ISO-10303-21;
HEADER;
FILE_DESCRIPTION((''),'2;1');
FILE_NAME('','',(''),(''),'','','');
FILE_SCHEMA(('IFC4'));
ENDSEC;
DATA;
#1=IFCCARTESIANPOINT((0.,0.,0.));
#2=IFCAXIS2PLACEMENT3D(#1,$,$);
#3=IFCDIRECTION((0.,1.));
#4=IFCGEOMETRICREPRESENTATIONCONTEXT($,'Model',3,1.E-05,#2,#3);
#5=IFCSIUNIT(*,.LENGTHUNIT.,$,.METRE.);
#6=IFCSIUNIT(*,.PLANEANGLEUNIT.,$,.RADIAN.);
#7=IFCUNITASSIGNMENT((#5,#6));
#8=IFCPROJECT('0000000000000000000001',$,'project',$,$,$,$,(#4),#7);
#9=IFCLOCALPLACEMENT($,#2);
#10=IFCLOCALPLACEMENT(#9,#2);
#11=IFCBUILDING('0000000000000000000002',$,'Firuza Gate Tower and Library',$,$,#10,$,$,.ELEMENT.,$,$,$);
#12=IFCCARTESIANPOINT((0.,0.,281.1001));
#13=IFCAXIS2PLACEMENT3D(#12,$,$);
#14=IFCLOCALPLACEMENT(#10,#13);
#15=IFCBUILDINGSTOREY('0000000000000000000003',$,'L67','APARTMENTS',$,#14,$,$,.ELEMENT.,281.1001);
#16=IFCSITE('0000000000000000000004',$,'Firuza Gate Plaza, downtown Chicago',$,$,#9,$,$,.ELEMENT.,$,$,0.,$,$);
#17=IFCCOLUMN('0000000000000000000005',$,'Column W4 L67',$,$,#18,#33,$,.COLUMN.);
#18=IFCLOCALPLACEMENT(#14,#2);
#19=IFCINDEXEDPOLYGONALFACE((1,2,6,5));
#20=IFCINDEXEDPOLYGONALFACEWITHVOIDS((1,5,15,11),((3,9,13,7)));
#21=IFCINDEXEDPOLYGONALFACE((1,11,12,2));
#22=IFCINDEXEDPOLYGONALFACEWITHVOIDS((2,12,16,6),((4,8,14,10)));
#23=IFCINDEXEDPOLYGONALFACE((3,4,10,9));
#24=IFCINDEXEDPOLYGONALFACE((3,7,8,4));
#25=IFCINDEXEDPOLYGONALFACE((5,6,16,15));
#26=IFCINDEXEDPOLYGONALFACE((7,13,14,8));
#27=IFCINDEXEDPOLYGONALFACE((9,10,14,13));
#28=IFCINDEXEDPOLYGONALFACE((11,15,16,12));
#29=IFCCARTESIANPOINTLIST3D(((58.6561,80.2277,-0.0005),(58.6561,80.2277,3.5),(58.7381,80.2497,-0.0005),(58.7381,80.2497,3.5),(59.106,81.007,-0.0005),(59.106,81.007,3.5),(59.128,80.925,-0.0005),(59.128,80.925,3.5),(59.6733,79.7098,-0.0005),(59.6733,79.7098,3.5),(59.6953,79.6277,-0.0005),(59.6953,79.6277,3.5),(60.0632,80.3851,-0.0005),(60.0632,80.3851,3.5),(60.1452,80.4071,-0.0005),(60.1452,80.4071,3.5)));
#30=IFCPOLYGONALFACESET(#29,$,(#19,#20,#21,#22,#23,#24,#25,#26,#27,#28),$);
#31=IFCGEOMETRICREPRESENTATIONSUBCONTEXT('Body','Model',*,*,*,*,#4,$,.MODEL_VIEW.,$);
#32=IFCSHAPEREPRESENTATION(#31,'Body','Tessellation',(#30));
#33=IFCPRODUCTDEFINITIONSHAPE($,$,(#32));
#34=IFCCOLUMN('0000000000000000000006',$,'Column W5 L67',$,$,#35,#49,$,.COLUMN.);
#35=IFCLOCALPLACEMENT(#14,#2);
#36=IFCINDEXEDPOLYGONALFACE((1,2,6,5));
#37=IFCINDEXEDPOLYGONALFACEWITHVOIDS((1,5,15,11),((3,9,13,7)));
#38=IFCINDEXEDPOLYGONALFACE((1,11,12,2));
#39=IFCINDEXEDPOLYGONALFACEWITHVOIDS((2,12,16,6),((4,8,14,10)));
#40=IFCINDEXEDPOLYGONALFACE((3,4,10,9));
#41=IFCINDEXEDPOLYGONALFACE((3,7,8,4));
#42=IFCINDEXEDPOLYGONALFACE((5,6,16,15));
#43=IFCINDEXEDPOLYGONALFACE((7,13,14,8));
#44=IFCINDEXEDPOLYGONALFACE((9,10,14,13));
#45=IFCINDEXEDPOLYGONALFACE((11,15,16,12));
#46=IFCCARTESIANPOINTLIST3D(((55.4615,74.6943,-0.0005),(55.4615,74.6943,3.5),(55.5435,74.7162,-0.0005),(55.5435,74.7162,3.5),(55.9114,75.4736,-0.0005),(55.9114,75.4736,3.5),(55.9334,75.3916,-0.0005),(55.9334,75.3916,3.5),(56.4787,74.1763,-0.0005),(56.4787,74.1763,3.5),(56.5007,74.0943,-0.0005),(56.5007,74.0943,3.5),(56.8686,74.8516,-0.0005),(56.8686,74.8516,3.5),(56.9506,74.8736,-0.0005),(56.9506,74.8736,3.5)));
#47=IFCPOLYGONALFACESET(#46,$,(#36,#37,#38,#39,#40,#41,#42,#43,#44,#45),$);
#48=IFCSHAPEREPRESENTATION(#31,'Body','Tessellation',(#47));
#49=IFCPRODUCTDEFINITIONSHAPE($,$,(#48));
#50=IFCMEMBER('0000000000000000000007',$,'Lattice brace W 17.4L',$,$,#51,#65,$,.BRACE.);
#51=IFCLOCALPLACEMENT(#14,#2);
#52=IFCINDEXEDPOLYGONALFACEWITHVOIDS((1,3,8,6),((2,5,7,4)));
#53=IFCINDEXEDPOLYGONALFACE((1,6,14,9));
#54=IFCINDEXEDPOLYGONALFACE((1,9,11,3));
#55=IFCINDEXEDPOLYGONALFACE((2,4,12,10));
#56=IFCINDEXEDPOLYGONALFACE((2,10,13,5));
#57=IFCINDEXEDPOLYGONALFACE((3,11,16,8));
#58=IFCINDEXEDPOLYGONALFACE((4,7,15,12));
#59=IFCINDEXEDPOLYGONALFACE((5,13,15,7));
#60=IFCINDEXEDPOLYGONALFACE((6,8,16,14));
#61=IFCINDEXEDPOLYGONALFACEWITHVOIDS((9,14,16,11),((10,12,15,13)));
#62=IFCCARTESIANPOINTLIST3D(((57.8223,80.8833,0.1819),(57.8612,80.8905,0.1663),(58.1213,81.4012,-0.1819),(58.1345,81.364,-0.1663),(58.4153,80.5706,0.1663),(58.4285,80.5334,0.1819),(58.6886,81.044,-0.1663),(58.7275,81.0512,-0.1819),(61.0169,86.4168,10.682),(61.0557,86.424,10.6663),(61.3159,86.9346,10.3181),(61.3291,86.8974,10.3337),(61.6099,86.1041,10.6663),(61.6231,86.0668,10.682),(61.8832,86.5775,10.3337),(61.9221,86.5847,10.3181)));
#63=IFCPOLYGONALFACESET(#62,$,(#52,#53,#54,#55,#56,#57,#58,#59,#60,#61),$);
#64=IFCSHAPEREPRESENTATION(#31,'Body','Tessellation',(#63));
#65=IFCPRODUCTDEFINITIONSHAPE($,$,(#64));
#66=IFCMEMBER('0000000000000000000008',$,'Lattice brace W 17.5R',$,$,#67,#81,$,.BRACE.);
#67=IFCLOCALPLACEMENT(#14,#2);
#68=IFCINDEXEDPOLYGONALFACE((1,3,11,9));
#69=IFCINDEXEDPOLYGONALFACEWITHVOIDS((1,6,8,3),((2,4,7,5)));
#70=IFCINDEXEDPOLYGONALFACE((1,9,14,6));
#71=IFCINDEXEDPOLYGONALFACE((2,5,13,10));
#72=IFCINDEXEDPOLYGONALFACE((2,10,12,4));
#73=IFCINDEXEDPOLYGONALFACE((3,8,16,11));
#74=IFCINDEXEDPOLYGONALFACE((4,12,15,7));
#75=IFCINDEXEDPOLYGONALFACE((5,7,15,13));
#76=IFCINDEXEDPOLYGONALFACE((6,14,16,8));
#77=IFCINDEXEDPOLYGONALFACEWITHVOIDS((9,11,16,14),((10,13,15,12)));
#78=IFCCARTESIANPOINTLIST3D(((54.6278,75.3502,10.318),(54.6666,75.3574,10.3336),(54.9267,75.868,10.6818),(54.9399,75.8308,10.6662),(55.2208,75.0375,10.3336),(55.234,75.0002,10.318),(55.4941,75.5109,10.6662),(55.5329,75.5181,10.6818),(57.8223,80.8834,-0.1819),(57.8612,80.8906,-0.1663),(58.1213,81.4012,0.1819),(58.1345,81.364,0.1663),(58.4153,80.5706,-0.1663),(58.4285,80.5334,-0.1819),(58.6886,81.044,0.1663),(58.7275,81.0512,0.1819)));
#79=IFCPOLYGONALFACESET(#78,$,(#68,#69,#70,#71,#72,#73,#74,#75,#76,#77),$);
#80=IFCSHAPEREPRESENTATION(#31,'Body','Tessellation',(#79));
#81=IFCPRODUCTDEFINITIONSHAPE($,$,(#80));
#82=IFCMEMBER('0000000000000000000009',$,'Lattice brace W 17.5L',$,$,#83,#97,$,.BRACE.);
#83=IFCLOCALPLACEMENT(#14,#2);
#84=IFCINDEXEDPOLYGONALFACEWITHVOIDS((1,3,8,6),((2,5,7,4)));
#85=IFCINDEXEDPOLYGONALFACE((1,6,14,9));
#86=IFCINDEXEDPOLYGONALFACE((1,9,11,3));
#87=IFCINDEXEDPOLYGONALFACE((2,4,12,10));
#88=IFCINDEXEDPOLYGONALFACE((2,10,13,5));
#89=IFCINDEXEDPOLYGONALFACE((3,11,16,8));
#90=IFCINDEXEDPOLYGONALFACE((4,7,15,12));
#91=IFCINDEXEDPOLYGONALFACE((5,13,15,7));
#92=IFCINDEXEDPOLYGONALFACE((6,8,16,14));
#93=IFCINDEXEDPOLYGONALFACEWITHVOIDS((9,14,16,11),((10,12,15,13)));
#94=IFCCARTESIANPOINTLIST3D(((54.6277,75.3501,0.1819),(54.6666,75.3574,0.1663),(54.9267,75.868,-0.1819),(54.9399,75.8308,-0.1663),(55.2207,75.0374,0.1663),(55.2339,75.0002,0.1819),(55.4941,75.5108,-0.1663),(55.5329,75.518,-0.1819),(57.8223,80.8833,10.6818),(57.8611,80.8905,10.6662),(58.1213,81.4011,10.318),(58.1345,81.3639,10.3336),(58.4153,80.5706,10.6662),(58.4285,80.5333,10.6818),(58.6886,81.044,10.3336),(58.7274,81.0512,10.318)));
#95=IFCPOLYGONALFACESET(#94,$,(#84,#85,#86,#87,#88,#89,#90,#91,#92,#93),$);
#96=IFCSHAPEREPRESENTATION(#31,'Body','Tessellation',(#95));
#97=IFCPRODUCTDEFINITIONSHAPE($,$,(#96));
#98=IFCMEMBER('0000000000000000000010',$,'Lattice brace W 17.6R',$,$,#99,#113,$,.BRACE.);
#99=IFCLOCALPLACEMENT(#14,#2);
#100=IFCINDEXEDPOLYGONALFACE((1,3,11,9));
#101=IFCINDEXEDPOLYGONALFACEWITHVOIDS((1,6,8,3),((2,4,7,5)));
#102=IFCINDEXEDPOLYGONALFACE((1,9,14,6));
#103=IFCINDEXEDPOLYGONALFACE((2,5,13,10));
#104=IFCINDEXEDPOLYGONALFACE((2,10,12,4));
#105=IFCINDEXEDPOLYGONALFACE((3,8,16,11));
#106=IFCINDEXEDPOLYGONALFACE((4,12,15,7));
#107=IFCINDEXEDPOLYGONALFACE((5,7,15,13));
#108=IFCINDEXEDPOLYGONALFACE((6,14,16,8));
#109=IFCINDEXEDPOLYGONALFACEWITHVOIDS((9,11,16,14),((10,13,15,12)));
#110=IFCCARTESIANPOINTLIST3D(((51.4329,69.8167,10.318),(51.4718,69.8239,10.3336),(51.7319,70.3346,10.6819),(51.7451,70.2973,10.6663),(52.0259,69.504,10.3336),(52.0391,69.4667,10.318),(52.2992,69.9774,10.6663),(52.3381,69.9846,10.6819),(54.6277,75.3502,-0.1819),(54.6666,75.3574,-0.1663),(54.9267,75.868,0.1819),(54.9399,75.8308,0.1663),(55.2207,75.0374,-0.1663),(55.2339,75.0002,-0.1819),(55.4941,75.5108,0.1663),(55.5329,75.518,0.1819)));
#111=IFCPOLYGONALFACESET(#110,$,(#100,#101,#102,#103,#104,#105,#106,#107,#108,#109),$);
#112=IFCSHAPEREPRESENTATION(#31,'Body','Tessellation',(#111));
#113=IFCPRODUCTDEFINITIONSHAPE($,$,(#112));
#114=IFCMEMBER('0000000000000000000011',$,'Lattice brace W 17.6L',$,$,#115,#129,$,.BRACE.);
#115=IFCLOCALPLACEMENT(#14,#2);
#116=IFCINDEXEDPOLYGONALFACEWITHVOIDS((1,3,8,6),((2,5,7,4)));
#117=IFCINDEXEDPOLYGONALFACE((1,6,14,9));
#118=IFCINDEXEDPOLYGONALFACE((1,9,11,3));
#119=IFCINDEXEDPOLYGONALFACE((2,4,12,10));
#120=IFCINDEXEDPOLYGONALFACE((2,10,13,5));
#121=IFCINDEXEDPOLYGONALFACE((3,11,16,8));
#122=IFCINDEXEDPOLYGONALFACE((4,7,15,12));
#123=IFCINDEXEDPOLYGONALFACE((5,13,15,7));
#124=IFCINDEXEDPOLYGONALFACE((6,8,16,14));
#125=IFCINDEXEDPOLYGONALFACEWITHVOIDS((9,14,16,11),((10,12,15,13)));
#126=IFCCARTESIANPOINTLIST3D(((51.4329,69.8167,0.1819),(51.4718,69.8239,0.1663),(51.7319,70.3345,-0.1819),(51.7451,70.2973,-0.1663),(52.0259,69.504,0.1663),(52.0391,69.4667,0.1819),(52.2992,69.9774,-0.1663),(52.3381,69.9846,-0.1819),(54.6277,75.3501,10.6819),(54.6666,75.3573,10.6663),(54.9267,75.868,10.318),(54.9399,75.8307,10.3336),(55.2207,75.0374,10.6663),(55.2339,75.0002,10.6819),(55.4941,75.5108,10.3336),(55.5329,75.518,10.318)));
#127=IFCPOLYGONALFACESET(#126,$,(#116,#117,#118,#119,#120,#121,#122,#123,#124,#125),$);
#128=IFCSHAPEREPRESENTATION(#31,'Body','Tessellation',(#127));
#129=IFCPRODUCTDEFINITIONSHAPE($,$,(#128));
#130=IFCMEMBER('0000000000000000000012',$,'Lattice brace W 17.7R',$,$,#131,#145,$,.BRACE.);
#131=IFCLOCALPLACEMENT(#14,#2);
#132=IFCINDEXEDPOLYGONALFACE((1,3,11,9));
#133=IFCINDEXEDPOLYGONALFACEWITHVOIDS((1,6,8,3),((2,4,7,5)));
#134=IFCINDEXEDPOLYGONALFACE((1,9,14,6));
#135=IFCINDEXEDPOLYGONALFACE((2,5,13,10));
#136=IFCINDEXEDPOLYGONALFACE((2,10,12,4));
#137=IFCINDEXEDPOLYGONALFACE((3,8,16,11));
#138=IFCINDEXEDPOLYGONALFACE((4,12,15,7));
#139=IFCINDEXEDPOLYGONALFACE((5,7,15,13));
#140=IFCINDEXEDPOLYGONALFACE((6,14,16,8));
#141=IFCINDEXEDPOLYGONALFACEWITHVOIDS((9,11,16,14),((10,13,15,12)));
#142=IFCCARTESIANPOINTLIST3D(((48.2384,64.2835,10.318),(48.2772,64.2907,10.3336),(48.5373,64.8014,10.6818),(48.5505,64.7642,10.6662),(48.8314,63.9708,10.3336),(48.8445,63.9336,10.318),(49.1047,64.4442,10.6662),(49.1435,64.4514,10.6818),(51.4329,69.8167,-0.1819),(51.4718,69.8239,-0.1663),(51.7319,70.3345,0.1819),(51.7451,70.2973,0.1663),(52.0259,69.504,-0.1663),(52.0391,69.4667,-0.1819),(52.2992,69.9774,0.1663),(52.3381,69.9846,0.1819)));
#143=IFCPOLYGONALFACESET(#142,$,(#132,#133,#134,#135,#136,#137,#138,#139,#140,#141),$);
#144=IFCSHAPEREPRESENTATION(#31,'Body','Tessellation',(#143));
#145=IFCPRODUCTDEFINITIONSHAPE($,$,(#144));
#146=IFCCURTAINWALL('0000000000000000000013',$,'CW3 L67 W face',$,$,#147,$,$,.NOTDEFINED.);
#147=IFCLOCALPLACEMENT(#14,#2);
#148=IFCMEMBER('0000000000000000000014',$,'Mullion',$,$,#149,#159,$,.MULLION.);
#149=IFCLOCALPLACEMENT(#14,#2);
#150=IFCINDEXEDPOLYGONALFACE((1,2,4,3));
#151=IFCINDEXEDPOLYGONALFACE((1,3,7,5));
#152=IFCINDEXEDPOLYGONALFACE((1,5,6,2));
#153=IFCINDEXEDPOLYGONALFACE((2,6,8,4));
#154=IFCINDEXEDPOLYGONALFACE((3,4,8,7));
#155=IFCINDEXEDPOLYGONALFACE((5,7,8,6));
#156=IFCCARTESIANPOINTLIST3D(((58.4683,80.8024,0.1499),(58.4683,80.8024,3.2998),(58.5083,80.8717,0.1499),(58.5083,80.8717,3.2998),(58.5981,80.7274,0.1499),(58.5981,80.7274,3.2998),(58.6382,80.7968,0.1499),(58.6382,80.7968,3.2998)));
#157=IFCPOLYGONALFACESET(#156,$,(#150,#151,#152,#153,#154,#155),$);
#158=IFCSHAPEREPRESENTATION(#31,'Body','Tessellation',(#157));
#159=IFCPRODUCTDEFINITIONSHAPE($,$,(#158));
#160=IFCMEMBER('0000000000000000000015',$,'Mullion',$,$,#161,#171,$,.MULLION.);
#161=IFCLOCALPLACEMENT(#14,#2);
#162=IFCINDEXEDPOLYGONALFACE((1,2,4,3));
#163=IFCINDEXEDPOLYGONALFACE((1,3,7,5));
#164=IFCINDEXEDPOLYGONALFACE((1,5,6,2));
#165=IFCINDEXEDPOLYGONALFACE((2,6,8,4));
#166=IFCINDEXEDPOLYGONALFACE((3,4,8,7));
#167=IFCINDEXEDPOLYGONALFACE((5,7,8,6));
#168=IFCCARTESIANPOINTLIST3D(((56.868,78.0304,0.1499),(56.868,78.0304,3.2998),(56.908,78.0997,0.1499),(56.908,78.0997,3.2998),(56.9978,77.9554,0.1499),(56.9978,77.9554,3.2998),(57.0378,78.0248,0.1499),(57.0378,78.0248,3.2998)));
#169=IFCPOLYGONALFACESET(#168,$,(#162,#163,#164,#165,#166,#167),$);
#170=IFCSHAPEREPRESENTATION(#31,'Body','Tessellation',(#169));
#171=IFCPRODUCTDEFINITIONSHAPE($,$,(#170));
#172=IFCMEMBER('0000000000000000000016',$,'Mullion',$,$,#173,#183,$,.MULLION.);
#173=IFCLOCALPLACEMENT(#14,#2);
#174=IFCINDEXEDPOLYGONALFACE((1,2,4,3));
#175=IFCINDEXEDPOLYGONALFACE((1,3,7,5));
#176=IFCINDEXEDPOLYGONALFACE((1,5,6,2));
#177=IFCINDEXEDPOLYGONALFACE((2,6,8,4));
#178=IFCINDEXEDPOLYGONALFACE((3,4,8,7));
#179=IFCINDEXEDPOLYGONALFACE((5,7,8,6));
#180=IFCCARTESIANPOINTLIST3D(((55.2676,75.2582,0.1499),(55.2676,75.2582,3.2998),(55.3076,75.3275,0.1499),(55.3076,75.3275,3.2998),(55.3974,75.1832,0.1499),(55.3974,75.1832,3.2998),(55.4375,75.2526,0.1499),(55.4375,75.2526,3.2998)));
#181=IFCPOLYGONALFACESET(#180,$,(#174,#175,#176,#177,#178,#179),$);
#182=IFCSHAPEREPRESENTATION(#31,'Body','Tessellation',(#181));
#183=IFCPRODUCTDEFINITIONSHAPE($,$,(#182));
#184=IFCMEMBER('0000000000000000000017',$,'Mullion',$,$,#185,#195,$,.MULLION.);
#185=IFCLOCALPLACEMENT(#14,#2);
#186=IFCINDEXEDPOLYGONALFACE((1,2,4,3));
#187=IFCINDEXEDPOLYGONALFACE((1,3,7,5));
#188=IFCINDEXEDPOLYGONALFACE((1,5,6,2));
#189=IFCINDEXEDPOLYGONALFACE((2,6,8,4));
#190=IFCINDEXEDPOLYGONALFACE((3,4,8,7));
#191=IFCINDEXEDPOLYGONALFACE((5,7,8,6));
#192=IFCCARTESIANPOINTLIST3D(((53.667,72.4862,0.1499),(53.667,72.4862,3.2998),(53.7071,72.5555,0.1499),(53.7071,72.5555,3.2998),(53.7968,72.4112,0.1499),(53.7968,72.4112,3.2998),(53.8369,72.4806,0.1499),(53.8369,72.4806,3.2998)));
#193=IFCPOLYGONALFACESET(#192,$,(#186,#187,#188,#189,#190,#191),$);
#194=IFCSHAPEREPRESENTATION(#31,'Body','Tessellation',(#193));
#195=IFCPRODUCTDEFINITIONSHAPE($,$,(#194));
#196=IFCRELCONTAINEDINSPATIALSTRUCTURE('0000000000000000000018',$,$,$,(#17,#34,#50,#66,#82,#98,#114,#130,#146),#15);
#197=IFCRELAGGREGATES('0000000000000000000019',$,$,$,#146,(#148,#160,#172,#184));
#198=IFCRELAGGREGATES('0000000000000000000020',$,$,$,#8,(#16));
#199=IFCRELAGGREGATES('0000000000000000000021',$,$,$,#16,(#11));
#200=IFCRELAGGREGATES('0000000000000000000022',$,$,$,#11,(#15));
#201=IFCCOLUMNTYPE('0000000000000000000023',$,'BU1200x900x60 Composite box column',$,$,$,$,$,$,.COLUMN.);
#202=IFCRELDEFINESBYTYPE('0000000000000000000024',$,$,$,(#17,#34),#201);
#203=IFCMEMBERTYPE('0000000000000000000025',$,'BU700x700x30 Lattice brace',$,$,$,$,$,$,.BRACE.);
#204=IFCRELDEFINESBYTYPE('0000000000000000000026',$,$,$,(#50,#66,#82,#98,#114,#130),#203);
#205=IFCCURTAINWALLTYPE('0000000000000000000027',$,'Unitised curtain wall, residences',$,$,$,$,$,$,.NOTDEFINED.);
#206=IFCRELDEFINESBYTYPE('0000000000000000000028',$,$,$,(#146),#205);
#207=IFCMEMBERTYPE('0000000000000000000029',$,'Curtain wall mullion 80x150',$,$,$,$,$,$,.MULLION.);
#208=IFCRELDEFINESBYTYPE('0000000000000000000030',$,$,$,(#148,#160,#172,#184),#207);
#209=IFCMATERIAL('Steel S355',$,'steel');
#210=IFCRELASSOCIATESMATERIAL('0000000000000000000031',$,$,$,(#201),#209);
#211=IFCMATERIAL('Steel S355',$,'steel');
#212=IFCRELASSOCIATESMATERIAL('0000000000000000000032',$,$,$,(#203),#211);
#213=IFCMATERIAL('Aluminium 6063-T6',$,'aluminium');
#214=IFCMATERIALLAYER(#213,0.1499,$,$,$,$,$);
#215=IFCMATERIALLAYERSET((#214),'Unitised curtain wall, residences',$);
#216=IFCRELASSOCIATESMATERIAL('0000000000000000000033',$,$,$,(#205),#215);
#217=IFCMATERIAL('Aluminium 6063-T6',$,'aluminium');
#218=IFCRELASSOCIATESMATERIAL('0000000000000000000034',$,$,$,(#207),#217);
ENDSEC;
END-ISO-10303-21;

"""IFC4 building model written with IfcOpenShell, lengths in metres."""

from ifc_helpers import new_model, si_unit, direction, frame, origin, origin_2d, place, context, subcontext, project, spatial, rectangle, hollow_rectangle, extrude, material, layer, layer_set, material_profile, profile_set, type_object, element, aggregate, save


model = new_model("IFC4")

# Units and contexts
model_context = context("Model", 3, precision=1e-05, world=origin(), true_north=direction((0.0, 1.0)))
body_context = subcontext(model_context, "Body", "Model", "MODEL_VIEW")
ifc_project = project(units=[si_unit("LENGTHUNIT", "METRE"), si_unit("PLANEANGLEUNIT", "RADIAN")], contexts=[model_context])

# Site, building, storey
site_placement = place(None, origin())
site = spatial("IfcSite", under=ifc_project, at=site_placement, Name="Firuza Gate Plaza, downtown Chicago", CompositionType="ELEMENT", RefElevation=0.0)
building_placement = place(site_placement, origin())
building = spatial("IfcBuilding", under=site, at=building_placement, Name="Firuza Gate Tower and Library", CompositionType="ELEMENT")
storey_placement = place(building_placement, frame((0.0, 0.0, 281.1001)))
storey = spatial("IfcBuildingStorey", under=building, at=storey_placement, Name="L67", Description="APARTMENTS", CompositionType="ELEMENT", Elevation=281.1001)

# Columns
ifc_material_1 = material(Name="Steel S355", Category="steel")
ifc_material_profile_1 = material_profile(ifc_material_1, hollow_rectangle(XDim=0.8999, YDim=1.2, WallThickness=0.0601, at=origin_2d()))
ifc_profile_set_1 = profile_set([ifc_material_profile_1], Name="Steel S355")
column_type = type_object("IfcColumnType", Name="BU1200x900x60 Composite box column", PredefinedType="COLUMN", material=ifc_profile_set_1)
for number, where, z_axis, x_axis, name in (
    (1, (59.4006, 80.3174, -0.0005), (0.0, 0.0, 1.0), (-0.5, -0.866025, 0.0), "Column W4 L67"),
    (2, (56.2061, 74.7839, -0.0005), (0.0, 0.0, 1.0), (-0.5, -0.866025, 0.0), "Column W5 L67"),
):
    element("IfcColumn", number, at=place(storey_placement, frame(where, z_axis=z_axis, x_axis=x_axis)), inside=storey, type_object=column_type, Name=name, PredefinedType="COLUMN", context=body_context, shape_type="SweptSolid", body=[
        extrude(hollow_rectangle(XDim=0.8999, YDim=1.2, WallThickness=0.0601, at=origin_2d()), origin(), (0.0, 0.0, 1.0), 3.5005),
    ])

# Members
ifc_material_2 = material(Name="Steel S355", Category="steel")
ifc_material_profile_2 = material_profile(ifc_material_2, hollow_rectangle(XDim=0.7, YDim=0.7, WallThickness=0.03, at=origin_2d()))
ifc_profile_set_2 = profile_set([ifc_material_profile_2], Name="Steel S355")
member_type_1 = type_object("IfcMemberType", Name="BU700x700x30 Lattice brace", PredefinedType="BRACE", material=ifc_profile_set_2)
member_1_placement = place(storey_placement, frame((58.2749, 80.9673, 0.0), z_axis=(0.259907, 0.450195, 0.854268), x_axis=(-0.866036, 0.499982, 0.0)))
element("IfcMember", 3, at=member_1_placement, inside=storey, type_object=member_type_1, Name="Lattice brace W 17.4L", PredefinedType="BRACE", context=body_context, shape_type="SweptSolid", body=[
    extrude(hollow_rectangle(XDim=0.7, YDim=0.7, WallThickness=0.03, at=origin_2d()), origin(), (0.0, 0.0, 1.0), 12.2913),
])
for number, where, z_axis, x_axis, name in (
    (4, (58.2749, 80.9673, 0.0), (-0.25991, -0.450179, 0.854275), (0.866027, -0.499998, 0.0), "Lattice brace W 17.5R"),
    (5, (55.0803, 75.4341, 0.0), (0.25991, 0.450179, 0.854275), (-0.866027, 0.499998, 0.0), "Lattice brace W 17.5L"),
):
    element("IfcMember", number, at=place(storey_placement, frame(where, z_axis=z_axis, x_axis=x_axis)), inside=storey, type_object=member_type_1, Name=name, PredefinedType="BRACE", context=body_context, shape_type="SweptSolid", body=[
        extrude(hollow_rectangle(XDim=0.7, YDim=0.7, WallThickness=0.03, at=origin_2d()), origin(), (0.0, 0.0, 1.0), 12.291),
    ])
for number, where, z_axis, x_axis, name in (
    (6, (55.0803, 75.4341, 0.0), (-0.259926, -0.450192, 0.854263), (0.86602, -0.50001, 0.0), "Lattice brace W 17.6R"),
    (7, (51.8855, 69.9006, 0.0), (0.259926, 0.450192, 0.854263), (-0.86602, 0.50001, 0.0), "Lattice brace W 17.6L"),
):
    element("IfcMember", number, at=place(storey_placement, frame(where, z_axis=z_axis, x_axis=x_axis)), inside=storey, type_object=member_type_1, Name=name, PredefinedType="BRACE", context=body_context, shape_type="SweptSolid", body=[
        extrude(hollow_rectangle(XDim=0.7, YDim=0.7, WallThickness=0.03, at=origin_2d()), origin(), (0.0, 0.0, 1.0), 12.2913),
    ])
member_2_placement = place(storey_placement, frame((51.8855, 69.9006, 0.0), z_axis=(-0.25991, -0.450179, 0.854275), x_axis=(0.866027, -0.499998, 0.0)))
element("IfcMember", 8, at=member_2_placement, inside=storey, type_object=member_type_1, Name="Lattice brace W 17.7R", PredefinedType="BRACE", context=body_context, shape_type="SweptSolid", body=[
    extrude(hollow_rectangle(XDim=0.7, YDim=0.7, WallThickness=0.03, at=origin_2d()), origin(), (0.0, 0.0, 1.0), 12.291),
])

# Curtain wall, members
ifc_material_3 = material(Name="Aluminium 6063-T6", Category="aluminium")
ifc_layer_1 = layer(ifc_material_3, 0.1499)
ifc_layer_set_1 = layer_set([ifc_layer_1], Name="Unitised curtain wall, residences")
curtain_wall_type = type_object("IfcCurtainWallType", Name="Unitised curtain wall, residences", PredefinedType="NOTDEFINED", material=ifc_layer_set_1)
curtain_wall_placement = place(storey_placement, origin())
curtain_wall = element("IfcCurtainWall", 9, at=curtain_wall_placement, inside=storey, type_object=curtain_wall_type, Name="CW3 L67 W face", PredefinedType="NOTDEFINED")
ifc_material_4 = material(Name="Aluminium 6063-T6", Category="aluminium")
ifc_material_profile_3 = material_profile(ifc_material_4, rectangle(XDim=0.1499, YDim=0.0801, at=origin_2d()))
ifc_profile_set_3 = profile_set([ifc_material_profile_3], Name="Aluminium 6063-T6")
member_type_2 = type_object("IfcMemberType", Name="Curtain wall mullion 80x150", PredefinedType="MULLION", material=ifc_profile_set_3)
member_3_placement = place(storey_placement, frame((58.5532, 80.7996, 0.1499), z_axis=(0.0, 0.0, 1.0), x_axis=(0.866025, -0.5, 0.0)))
member_3 = element("IfcMember", 10, at=member_3_placement, type_object=member_type_2, Name="Mullion", PredefinedType="MULLION", context=body_context, shape_type="SweptSolid", body=[
    extrude(rectangle(XDim=0.1499, YDim=0.0801, at=origin_2d()), origin(), (0.0, 0.0, 1.0), 3.1499),
])
member_4_placement = place(storey_placement, frame((56.9529, 78.0276, 0.1499), z_axis=(0.0, 0.0, 1.0), x_axis=(0.866025, -0.5, 0.0)))
member_4 = element("IfcMember", 11, at=member_4_placement, type_object=member_type_2, Name="Mullion", PredefinedType="MULLION", context=body_context, shape_type="SweptSolid", body=[
    extrude(rectangle(XDim=0.1499, YDim=0.0801, at=origin_2d()), origin(), (0.0, 0.0, 1.0), 3.1499),
])
member_5_placement = place(storey_placement, frame((55.3525, 75.2554, 0.1499), z_axis=(0.0, 0.0, 1.0), x_axis=(0.866025, -0.5, 0.0)))
member_5 = element("IfcMember", 12, at=member_5_placement, type_object=member_type_2, Name="Mullion", PredefinedType="MULLION", context=body_context, shape_type="SweptSolid", body=[
    extrude(rectangle(XDim=0.1499, YDim=0.0801, at=origin_2d()), origin(), (0.0, 0.0, 1.0), 3.1499),
])
member_6_placement = place(storey_placement, frame((53.752, 72.4834, 0.1499), z_axis=(0.0, 0.0, 1.0), x_axis=(0.866025, -0.5, 0.0)))
member_6 = element("IfcMember", 13, at=member_6_placement, type_object=member_type_2, Name="Mullion", PredefinedType="MULLION", context=body_context, shape_type="SweptSolid", body=[
    extrude(rectangle(XDim=0.1499, YDim=0.0801, at=origin_2d()), origin(), (0.0, 0.0, 1.0), 3.1499),
])

aggregate(curtain_wall, [member_3, member_4, member_5, member_6])

save(model, "model.ifc")
